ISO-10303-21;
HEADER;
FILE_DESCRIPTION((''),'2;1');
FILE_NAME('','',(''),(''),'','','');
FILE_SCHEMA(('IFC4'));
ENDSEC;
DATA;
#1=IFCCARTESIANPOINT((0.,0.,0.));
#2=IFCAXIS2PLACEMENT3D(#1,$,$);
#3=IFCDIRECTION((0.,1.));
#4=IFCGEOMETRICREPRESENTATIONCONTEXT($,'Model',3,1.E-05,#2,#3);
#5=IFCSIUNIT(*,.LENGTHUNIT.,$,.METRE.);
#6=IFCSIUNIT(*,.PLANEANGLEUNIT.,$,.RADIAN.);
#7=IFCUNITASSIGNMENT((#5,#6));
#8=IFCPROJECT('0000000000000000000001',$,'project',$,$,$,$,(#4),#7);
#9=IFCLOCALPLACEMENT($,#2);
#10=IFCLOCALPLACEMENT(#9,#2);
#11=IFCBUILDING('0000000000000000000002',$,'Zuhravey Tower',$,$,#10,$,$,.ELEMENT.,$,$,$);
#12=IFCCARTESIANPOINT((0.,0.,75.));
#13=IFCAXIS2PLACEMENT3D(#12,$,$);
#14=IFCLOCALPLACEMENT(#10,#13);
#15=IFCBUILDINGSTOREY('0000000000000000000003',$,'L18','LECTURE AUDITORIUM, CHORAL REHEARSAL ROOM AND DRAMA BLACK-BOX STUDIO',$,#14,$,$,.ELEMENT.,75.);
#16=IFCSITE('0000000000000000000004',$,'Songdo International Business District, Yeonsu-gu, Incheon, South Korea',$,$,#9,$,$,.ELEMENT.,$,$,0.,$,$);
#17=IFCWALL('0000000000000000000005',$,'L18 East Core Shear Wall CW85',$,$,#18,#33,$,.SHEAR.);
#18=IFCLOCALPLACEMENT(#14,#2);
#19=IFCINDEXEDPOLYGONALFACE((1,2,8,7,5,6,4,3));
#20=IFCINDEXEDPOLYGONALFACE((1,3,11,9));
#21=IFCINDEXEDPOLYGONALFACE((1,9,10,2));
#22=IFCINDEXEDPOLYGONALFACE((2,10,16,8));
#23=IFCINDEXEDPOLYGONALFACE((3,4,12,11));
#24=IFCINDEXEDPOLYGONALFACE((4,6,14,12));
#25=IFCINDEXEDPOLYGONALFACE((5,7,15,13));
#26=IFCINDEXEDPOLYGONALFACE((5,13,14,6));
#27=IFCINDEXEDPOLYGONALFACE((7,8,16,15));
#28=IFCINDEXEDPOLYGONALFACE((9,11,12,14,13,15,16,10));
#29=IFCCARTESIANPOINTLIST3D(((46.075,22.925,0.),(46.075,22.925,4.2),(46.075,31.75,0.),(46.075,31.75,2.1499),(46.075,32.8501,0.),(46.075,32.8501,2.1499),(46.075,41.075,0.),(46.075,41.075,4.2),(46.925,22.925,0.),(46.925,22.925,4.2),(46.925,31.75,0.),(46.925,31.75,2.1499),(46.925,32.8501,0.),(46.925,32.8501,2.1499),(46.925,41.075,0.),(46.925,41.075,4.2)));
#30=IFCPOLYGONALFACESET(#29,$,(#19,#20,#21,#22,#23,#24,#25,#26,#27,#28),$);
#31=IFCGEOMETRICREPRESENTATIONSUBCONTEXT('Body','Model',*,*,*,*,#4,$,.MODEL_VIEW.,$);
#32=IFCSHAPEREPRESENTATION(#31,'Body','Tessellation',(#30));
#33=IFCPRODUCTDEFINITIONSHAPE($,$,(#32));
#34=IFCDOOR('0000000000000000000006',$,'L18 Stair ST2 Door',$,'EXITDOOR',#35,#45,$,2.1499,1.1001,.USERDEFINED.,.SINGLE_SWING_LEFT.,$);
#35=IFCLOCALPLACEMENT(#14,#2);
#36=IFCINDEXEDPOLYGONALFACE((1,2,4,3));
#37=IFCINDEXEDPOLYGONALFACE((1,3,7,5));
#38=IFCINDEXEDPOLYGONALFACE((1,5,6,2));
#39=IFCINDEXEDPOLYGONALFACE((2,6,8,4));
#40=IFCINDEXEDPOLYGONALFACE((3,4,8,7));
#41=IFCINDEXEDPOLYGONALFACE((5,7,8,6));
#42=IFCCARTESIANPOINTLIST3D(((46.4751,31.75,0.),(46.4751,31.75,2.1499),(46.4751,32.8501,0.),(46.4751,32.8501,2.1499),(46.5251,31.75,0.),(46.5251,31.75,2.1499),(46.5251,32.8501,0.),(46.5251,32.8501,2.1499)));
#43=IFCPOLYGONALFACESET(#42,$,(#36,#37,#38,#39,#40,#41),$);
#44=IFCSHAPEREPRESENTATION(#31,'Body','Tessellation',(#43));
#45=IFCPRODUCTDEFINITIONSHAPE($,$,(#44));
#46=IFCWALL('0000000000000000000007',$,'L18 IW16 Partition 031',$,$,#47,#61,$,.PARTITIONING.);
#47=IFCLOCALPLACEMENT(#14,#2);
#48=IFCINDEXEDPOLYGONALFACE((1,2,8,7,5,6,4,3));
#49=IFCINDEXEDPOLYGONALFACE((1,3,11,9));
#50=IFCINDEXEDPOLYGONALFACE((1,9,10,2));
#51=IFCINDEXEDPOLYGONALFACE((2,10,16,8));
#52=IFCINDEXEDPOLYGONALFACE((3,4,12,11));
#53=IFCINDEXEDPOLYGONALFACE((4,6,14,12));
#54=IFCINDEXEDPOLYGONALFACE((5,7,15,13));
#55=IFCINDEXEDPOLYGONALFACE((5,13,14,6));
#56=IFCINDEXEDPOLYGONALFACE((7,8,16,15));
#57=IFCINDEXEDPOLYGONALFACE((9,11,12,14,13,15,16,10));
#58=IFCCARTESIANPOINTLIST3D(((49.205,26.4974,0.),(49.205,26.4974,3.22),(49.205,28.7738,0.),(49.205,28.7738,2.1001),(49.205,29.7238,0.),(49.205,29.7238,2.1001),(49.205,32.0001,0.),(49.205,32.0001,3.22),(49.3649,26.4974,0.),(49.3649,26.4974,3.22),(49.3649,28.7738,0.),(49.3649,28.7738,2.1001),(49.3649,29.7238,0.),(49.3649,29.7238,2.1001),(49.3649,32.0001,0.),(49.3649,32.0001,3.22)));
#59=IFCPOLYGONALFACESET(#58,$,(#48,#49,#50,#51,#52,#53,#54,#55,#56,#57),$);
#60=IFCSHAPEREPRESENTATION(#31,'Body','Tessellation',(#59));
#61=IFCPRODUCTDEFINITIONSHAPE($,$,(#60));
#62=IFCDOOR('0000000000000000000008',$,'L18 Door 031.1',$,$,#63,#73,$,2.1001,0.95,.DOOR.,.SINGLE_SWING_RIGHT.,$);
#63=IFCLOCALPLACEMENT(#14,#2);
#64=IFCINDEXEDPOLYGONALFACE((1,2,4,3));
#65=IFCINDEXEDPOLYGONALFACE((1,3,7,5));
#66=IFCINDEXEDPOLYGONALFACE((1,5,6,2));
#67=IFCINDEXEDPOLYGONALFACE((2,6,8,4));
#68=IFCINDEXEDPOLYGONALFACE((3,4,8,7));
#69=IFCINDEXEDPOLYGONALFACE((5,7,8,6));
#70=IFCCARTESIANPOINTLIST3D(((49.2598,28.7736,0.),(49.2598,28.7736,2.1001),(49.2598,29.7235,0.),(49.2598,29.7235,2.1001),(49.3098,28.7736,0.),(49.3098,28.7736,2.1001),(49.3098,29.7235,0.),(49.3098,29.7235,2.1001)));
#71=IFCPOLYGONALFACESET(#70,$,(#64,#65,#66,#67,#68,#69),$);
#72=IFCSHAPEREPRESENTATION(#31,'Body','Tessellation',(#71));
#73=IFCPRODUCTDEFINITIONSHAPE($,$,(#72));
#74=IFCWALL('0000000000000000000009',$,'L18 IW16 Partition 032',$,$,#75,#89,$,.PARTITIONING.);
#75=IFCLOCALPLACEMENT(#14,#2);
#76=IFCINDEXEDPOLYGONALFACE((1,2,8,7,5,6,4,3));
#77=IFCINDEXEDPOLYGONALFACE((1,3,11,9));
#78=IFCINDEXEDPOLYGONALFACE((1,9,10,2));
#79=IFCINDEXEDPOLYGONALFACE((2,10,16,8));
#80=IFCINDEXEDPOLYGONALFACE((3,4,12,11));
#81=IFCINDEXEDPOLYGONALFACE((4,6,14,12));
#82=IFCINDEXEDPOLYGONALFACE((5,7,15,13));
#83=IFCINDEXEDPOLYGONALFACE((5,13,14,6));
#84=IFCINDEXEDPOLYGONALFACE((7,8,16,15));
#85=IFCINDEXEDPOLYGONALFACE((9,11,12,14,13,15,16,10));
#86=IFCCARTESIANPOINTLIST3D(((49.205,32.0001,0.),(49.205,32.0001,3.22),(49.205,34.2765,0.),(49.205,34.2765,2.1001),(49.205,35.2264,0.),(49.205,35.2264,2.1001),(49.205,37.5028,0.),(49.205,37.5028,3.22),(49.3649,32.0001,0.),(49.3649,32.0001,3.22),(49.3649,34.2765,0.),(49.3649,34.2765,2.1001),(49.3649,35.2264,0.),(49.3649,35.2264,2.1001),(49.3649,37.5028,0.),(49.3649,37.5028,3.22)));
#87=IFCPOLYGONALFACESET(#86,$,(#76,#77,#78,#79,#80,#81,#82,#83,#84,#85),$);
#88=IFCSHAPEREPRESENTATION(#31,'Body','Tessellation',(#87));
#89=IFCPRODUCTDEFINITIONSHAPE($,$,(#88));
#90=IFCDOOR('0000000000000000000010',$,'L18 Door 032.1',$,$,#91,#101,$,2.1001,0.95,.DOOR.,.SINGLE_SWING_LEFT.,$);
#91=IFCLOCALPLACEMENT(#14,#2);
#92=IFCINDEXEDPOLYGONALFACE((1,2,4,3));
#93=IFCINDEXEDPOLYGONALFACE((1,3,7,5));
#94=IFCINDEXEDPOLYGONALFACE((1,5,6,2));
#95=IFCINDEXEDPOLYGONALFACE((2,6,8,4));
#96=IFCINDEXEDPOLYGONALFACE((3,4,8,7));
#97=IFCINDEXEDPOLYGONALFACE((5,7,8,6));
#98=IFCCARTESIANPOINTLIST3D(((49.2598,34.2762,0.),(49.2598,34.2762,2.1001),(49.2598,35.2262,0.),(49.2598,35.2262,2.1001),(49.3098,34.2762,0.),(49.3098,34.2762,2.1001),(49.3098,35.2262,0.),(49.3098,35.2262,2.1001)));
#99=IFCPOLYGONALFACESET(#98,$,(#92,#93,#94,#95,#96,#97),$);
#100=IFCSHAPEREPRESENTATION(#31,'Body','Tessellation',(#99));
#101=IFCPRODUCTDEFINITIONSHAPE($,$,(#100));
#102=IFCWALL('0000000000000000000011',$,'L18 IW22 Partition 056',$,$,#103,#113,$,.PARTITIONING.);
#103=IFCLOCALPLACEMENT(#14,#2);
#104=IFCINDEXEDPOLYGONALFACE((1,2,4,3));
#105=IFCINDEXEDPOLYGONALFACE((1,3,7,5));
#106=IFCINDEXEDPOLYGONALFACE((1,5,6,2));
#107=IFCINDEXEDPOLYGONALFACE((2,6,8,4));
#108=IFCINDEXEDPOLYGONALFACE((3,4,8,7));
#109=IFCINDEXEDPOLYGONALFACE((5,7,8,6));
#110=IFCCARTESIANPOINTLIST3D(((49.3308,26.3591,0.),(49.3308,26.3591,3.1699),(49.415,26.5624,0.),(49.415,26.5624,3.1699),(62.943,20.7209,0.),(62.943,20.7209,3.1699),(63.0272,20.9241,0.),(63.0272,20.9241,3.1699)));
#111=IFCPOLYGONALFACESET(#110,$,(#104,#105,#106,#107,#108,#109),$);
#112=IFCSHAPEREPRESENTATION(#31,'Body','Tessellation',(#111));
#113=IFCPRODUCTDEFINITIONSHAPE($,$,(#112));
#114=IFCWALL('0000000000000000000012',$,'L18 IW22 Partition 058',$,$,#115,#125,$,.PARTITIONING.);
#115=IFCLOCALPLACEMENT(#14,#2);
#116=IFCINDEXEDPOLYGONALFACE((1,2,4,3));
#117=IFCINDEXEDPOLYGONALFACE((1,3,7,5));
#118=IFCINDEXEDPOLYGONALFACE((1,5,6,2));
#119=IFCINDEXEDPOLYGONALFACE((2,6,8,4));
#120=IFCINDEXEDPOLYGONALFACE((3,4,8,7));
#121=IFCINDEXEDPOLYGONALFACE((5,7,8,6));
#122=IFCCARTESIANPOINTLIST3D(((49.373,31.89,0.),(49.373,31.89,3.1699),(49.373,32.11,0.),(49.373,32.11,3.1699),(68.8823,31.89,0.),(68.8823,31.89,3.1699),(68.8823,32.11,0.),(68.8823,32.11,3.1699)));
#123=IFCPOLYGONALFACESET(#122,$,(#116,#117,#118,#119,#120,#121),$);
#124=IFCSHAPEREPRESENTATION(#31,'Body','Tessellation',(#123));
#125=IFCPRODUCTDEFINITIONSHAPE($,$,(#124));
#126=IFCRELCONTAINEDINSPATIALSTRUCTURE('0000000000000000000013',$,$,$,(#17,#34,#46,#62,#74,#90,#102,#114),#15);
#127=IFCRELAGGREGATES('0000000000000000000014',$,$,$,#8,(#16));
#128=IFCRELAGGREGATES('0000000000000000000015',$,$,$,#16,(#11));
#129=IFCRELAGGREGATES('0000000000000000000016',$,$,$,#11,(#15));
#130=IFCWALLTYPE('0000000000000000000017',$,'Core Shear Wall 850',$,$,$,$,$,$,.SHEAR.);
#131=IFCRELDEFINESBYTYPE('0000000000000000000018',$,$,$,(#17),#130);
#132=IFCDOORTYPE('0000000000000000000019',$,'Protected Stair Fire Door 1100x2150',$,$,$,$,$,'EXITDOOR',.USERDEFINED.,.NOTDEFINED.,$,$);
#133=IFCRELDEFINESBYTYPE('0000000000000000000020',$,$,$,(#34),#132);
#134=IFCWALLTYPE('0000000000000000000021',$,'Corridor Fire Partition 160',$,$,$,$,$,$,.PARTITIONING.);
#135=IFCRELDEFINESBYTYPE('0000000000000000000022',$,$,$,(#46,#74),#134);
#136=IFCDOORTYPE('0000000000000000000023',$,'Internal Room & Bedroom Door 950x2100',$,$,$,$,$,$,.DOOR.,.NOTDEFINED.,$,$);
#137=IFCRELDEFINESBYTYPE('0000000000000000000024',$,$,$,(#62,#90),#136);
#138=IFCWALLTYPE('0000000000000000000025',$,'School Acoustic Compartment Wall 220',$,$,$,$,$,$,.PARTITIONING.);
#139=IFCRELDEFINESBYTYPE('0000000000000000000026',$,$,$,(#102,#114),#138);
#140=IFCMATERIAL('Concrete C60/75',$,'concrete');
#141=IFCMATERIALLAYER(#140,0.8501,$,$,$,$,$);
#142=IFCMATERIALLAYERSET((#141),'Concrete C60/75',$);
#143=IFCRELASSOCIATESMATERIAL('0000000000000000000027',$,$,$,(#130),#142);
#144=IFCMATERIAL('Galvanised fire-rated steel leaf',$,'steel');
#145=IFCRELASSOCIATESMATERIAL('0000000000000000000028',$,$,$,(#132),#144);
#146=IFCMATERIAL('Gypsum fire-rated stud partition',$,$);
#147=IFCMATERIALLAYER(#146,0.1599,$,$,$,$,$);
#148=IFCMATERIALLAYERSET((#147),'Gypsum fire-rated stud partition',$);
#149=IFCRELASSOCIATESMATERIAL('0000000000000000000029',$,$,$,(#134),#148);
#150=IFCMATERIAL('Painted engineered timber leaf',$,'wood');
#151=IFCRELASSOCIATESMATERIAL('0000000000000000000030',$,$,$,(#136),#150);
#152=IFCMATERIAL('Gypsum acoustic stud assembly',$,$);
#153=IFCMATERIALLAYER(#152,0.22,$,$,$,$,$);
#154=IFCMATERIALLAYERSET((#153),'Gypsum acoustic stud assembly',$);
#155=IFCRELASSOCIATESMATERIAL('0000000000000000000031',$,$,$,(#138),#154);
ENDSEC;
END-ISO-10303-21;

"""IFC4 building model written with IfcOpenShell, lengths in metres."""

from ifc_helpers import new_model, si_unit, direction, frame, frame_2d, origin, place, context, subcontext, project, spatial, rectangle, extrude, material, layer, layer_set, type_object, element, fill, save


model = new_model("IFC4")

# Units and contexts
model_context = context("Model", 3, precision=1e-05, world=origin(), true_north=direction((0.0, 1.0)))
body_context = subcontext(model_context, "Body", "Model", "MODEL_VIEW")
ifc_project = project(units=[si_unit("LENGTHUNIT", "METRE"), si_unit("PLANEANGLEUNIT", "RADIAN")], contexts=[model_context])

# Site, building, storey
site_placement = place(None, origin())
site = spatial("IfcSite", under=ifc_project, at=site_placement, Name="Songdo International Business District, Yeonsu-gu, Incheon, South Korea", CompositionType="ELEMENT", RefElevation=0.0)
building_placement = place(site_placement, origin())
building = spatial("IfcBuilding", under=site, at=building_placement, Name="Zuhravey Tower", CompositionType="ELEMENT")
storey_placement = place(building_placement, frame((0.0, 0.0, 75.0)))
storey = spatial("IfcBuildingStorey", under=building, at=storey_placement, Name="L18", Description="LECTURE AUDITORIUM, CHORAL REHEARSAL ROOM AND DRAMA BLACK-BOX STUDIO", CompositionType="ELEMENT", Elevation=75.0)

# Shared definitions
ifc_material_1 = material(Name="Concrete C60/75", Category="concrete")

# Walls, openings, doors
ifc_layer_1 = layer(ifc_material_1, 0.8501)
ifc_layer_set_1 = layer_set([ifc_layer_1], Name="Concrete C60/75")
wall_type_1 = type_object("IfcWallType", Name="Core Shear Wall 850", PredefinedType="SHEAR", material=ifc_layer_set_1)
wall_1_placement = place(storey_placement, frame((46.5, 22.925, 0.0), z_axis=(0.0, 0.0, 1.0), x_axis=(0.0, 1.0, 0.0)))
wall_1 = element("IfcWall", 1, at=wall_1_placement, inside=storey, type_object=wall_type_1, Name="L18 East Core Shear Wall CW85", PredefinedType="SHEAR", context=body_context, shape_type="SweptSolid", body=[
    extrude(rectangle(XDim=18.1499, YDim=0.8501, at=frame_2d((9.075, 0.0))), origin(), (0.0, 0.0, 1.0), 4.2),
])
opening_1_placement = place(wall_1_placement, frame((8.825, 0.0, 0.0)))
opening_1 = element("IfcOpeningElement", 2, at=opening_1_placement, cuts=wall_1, PredefinedType="OPENING", context=body_context, shape_type="SweptSolid", body=[
    extrude(rectangle(XDim=1.1001, YDim=2.1499, at=frame_2d((0.55, 1.075))), frame((0.0, 0.437, 0.0), z_axis=(0.0, -1.0, 0.0), x_axis=(1.0, 0.0, 0.0)), (0.0, 0.0, 1.0), 0.874),
])
ifc_material_2 = material(Name="Galvanised fire-rated steel leaf", Category="steel")
door_type_1 = type_object("IfcDoorType", Name="Protected Stair Fire Door 1100x2150", ElementType="EXITDOOR", OperationType="NOTDEFINED", PredefinedType="USERDEFINED", material=ifc_material_2)
door_1_placement = place(opening_1_placement, origin())
door_1 = element("IfcDoor", 3, at=door_1_placement, inside=storey, type_object=door_type_1, Name="L18 Stair ST2 Door", ObjectType="EXITDOOR", OperationType="SINGLE_SWING_LEFT", OverallHeight=2.1499, OverallWidth=1.1001, PredefinedType="USERDEFINED", context=body_context, shape_type="SweptSolid", body=[
    extrude(rectangle(XDim=1.1001, YDim=2.1499, at=frame_2d((0.55, 1.075))), frame((0.0, 0.0249, 0.0), z_axis=(0.0, -1.0, 0.0), x_axis=(1.0, 0.0, 0.0)), (0.0, 0.0, 1.0), 0.05),
])
fill(opening_1, door_1)
ifc_material_3 = material(Name="Gypsum fire-rated stud partition")
ifc_layer_2 = layer(ifc_material_3, 0.1599)
ifc_layer_set_2 = layer_set([ifc_layer_2], Name="Gypsum fire-rated stud partition")
wall_type_2 = type_object("IfcWallType", Name="Corridor Fire Partition 160", PredefinedType="PARTITIONING", material=ifc_layer_set_2)
wall_2_placement = place(storey_placement, frame((49.2849, 26.4973, 0.0), z_axis=(0.0, 0.0, 1.0), x_axis=(0.0, 1.0, 0.0)))
wall_2 = element("IfcWall", 4, at=wall_2_placement, inside=storey, type_object=wall_type_2, Name="L18 IW16 Partition 031", PredefinedType="PARTITIONING", context=body_context, shape_type="SweptSolid", body=[
    extrude(rectangle(XDim=5.5027, YDim=0.1599, at=frame_2d((2.7515, 0.0))), origin(), (0.0, 0.0, 1.0), 3.22),
])
opening_2_placement = place(wall_2_placement, frame((2.2764, 0.0, 0.0)))
opening_2 = element("IfcOpeningElement", 5, at=opening_2_placement, cuts=wall_2, PredefinedType="OPENING", context=body_context, shape_type="SweptSolid", body=[
    extrude(rectangle(XDim=0.95, YDim=2.1001, at=frame_2d((0.4751, 1.05))), frame((0.0, 0.092, 0.0), z_axis=(0.0, -1.0, 0.0), x_axis=(1.0, 0.0, 0.0)), (0.0, 0.0, 1.0), 0.1838),
])
ifc_material_4 = material(Name="Painted engineered timber leaf", Category="wood")
door_type_2 = type_object("IfcDoorType", Name="Internal Room & Bedroom Door 950x2100", OperationType="NOTDEFINED", PredefinedType="DOOR", material=ifc_material_4)
door_2_placement = place(opening_2_placement, frame((0.95, 0.0, 0.0), z_axis=(0.0, 0.0, 1.0), x_axis=(-1.0, 0.0, 0.0)))
door_2 = element("IfcDoor", 6, at=door_2_placement, inside=storey, type_object=door_type_2, Name="L18 Door 031.1", OperationType="SINGLE_SWING_RIGHT", OverallHeight=2.1001, OverallWidth=0.95, PredefinedType="DOOR", context=body_context, shape_type="SweptSolid", body=[
    extrude(rectangle(XDim=0.95, YDim=2.1001, at=frame_2d((0.4751, 1.05))), frame((0.0, 0.0249, 0.0), z_axis=(0.0, -1.0, 0.0), x_axis=(1.0, 0.0, 0.0)), (0.0, 0.0, 1.0), 0.05),
])
fill(opening_2, door_2)
wall_3_placement = place(storey_placement, frame((49.2849, 32.0, 0.0), z_axis=(0.0, 0.0, 1.0), x_axis=(0.0, 1.0, 0.0)))
wall_3 = element("IfcWall", 7, at=wall_3_placement, inside=storey, type_object=wall_type_2, Name="L18 IW16 Partition 032", PredefinedType="PARTITIONING", context=body_context, shape_type="SweptSolid", body=[
    extrude(rectangle(XDim=5.5027, YDim=0.1599, at=frame_2d((2.7515, 0.0))), origin(), (0.0, 0.0, 1.0), 3.22),
])
opening_3_placement = place(wall_3_placement, frame((2.2764, 0.0, 0.0)))
opening_3 = element("IfcOpeningElement", 8, at=opening_3_placement, cuts=wall_3, PredefinedType="OPENING", context=body_context, shape_type="SweptSolid", body=[
    extrude(rectangle(XDim=0.95, YDim=2.1001, at=frame_2d((0.4751, 1.05))), frame((0.0, 0.092, 0.0), z_axis=(0.0, -1.0, 0.0), x_axis=(1.0, 0.0, 0.0)), (0.0, 0.0, 1.0), 0.1838),
])
door_3_placement = place(opening_3_placement, frame((0.95, 0.0, 0.0), z_axis=(0.0, 0.0, 1.0), x_axis=(-1.0, 0.0, 0.0)))
door_3 = element("IfcDoor", 9, at=door_3_placement, inside=storey, type_object=door_type_2, Name="L18 Door 032.1", OperationType="SINGLE_SWING_LEFT", OverallHeight=2.1001, OverallWidth=0.95, PredefinedType="DOOR", context=body_context, shape_type="SweptSolid", body=[
    extrude(rectangle(XDim=0.95, YDim=2.1001, at=frame_2d((0.4751, 1.05))), frame((0.0, 0.0249, 0.0), z_axis=(0.0, -1.0, 0.0), x_axis=(1.0, 0.0, 0.0)), (0.0, 0.0, 1.0), 0.05),
])
fill(opening_3, door_3)

# Walls
ifc_material_5 = material(Name="Gypsum acoustic stud assembly")
ifc_layer_3 = layer(ifc_material_5, 0.22)
ifc_layer_set_3 = layer_set([ifc_layer_3], Name="Gypsum acoustic stud assembly")
wall_type_3 = type_object("IfcWallType", Name="School Acoustic Compartment Wall 220", PredefinedType="PARTITIONING", material=ifc_layer_set_3)
wall_4_placement = place(storey_placement, frame((49.373, 26.4607, 0.0), z_axis=(0.0, 0.0, 1.0), x_axis=(0.923882, -0.382677, 0.0)))
element("IfcWall", 10, at=wall_4_placement, inside=storey, type_object=wall_type_3, Name="L18 IW22 Partition 056", PredefinedType="PARTITIONING", context=body_context, shape_type="SweptSolid", body=[
    extrude(rectangle(XDim=14.7336, YDim=0.22, at=frame_2d((7.3667, 0.0))), origin(), (0.0, 0.0, 1.0), 3.1699),
])
wall_5_placement = place(storey_placement, frame((49.373, 32.0, 0.0), z_axis=(0.0, 0.0, 1.0), x_axis=(1.0, 0.0, 0.0)))
element("IfcWall", 11, at=wall_5_placement, inside=storey, type_object=wall_type_3, Name="L18 IW22 Partition 058", PredefinedType="PARTITIONING", context=body_context, shape_type="SweptSolid", body=[
    extrude(rectangle(XDim=19.5093, YDim=0.22, at=frame_2d((9.7546, 0.0))), origin(), (0.0, 0.0, 1.0), 3.1699),
])

save(model, "model.ifc")
